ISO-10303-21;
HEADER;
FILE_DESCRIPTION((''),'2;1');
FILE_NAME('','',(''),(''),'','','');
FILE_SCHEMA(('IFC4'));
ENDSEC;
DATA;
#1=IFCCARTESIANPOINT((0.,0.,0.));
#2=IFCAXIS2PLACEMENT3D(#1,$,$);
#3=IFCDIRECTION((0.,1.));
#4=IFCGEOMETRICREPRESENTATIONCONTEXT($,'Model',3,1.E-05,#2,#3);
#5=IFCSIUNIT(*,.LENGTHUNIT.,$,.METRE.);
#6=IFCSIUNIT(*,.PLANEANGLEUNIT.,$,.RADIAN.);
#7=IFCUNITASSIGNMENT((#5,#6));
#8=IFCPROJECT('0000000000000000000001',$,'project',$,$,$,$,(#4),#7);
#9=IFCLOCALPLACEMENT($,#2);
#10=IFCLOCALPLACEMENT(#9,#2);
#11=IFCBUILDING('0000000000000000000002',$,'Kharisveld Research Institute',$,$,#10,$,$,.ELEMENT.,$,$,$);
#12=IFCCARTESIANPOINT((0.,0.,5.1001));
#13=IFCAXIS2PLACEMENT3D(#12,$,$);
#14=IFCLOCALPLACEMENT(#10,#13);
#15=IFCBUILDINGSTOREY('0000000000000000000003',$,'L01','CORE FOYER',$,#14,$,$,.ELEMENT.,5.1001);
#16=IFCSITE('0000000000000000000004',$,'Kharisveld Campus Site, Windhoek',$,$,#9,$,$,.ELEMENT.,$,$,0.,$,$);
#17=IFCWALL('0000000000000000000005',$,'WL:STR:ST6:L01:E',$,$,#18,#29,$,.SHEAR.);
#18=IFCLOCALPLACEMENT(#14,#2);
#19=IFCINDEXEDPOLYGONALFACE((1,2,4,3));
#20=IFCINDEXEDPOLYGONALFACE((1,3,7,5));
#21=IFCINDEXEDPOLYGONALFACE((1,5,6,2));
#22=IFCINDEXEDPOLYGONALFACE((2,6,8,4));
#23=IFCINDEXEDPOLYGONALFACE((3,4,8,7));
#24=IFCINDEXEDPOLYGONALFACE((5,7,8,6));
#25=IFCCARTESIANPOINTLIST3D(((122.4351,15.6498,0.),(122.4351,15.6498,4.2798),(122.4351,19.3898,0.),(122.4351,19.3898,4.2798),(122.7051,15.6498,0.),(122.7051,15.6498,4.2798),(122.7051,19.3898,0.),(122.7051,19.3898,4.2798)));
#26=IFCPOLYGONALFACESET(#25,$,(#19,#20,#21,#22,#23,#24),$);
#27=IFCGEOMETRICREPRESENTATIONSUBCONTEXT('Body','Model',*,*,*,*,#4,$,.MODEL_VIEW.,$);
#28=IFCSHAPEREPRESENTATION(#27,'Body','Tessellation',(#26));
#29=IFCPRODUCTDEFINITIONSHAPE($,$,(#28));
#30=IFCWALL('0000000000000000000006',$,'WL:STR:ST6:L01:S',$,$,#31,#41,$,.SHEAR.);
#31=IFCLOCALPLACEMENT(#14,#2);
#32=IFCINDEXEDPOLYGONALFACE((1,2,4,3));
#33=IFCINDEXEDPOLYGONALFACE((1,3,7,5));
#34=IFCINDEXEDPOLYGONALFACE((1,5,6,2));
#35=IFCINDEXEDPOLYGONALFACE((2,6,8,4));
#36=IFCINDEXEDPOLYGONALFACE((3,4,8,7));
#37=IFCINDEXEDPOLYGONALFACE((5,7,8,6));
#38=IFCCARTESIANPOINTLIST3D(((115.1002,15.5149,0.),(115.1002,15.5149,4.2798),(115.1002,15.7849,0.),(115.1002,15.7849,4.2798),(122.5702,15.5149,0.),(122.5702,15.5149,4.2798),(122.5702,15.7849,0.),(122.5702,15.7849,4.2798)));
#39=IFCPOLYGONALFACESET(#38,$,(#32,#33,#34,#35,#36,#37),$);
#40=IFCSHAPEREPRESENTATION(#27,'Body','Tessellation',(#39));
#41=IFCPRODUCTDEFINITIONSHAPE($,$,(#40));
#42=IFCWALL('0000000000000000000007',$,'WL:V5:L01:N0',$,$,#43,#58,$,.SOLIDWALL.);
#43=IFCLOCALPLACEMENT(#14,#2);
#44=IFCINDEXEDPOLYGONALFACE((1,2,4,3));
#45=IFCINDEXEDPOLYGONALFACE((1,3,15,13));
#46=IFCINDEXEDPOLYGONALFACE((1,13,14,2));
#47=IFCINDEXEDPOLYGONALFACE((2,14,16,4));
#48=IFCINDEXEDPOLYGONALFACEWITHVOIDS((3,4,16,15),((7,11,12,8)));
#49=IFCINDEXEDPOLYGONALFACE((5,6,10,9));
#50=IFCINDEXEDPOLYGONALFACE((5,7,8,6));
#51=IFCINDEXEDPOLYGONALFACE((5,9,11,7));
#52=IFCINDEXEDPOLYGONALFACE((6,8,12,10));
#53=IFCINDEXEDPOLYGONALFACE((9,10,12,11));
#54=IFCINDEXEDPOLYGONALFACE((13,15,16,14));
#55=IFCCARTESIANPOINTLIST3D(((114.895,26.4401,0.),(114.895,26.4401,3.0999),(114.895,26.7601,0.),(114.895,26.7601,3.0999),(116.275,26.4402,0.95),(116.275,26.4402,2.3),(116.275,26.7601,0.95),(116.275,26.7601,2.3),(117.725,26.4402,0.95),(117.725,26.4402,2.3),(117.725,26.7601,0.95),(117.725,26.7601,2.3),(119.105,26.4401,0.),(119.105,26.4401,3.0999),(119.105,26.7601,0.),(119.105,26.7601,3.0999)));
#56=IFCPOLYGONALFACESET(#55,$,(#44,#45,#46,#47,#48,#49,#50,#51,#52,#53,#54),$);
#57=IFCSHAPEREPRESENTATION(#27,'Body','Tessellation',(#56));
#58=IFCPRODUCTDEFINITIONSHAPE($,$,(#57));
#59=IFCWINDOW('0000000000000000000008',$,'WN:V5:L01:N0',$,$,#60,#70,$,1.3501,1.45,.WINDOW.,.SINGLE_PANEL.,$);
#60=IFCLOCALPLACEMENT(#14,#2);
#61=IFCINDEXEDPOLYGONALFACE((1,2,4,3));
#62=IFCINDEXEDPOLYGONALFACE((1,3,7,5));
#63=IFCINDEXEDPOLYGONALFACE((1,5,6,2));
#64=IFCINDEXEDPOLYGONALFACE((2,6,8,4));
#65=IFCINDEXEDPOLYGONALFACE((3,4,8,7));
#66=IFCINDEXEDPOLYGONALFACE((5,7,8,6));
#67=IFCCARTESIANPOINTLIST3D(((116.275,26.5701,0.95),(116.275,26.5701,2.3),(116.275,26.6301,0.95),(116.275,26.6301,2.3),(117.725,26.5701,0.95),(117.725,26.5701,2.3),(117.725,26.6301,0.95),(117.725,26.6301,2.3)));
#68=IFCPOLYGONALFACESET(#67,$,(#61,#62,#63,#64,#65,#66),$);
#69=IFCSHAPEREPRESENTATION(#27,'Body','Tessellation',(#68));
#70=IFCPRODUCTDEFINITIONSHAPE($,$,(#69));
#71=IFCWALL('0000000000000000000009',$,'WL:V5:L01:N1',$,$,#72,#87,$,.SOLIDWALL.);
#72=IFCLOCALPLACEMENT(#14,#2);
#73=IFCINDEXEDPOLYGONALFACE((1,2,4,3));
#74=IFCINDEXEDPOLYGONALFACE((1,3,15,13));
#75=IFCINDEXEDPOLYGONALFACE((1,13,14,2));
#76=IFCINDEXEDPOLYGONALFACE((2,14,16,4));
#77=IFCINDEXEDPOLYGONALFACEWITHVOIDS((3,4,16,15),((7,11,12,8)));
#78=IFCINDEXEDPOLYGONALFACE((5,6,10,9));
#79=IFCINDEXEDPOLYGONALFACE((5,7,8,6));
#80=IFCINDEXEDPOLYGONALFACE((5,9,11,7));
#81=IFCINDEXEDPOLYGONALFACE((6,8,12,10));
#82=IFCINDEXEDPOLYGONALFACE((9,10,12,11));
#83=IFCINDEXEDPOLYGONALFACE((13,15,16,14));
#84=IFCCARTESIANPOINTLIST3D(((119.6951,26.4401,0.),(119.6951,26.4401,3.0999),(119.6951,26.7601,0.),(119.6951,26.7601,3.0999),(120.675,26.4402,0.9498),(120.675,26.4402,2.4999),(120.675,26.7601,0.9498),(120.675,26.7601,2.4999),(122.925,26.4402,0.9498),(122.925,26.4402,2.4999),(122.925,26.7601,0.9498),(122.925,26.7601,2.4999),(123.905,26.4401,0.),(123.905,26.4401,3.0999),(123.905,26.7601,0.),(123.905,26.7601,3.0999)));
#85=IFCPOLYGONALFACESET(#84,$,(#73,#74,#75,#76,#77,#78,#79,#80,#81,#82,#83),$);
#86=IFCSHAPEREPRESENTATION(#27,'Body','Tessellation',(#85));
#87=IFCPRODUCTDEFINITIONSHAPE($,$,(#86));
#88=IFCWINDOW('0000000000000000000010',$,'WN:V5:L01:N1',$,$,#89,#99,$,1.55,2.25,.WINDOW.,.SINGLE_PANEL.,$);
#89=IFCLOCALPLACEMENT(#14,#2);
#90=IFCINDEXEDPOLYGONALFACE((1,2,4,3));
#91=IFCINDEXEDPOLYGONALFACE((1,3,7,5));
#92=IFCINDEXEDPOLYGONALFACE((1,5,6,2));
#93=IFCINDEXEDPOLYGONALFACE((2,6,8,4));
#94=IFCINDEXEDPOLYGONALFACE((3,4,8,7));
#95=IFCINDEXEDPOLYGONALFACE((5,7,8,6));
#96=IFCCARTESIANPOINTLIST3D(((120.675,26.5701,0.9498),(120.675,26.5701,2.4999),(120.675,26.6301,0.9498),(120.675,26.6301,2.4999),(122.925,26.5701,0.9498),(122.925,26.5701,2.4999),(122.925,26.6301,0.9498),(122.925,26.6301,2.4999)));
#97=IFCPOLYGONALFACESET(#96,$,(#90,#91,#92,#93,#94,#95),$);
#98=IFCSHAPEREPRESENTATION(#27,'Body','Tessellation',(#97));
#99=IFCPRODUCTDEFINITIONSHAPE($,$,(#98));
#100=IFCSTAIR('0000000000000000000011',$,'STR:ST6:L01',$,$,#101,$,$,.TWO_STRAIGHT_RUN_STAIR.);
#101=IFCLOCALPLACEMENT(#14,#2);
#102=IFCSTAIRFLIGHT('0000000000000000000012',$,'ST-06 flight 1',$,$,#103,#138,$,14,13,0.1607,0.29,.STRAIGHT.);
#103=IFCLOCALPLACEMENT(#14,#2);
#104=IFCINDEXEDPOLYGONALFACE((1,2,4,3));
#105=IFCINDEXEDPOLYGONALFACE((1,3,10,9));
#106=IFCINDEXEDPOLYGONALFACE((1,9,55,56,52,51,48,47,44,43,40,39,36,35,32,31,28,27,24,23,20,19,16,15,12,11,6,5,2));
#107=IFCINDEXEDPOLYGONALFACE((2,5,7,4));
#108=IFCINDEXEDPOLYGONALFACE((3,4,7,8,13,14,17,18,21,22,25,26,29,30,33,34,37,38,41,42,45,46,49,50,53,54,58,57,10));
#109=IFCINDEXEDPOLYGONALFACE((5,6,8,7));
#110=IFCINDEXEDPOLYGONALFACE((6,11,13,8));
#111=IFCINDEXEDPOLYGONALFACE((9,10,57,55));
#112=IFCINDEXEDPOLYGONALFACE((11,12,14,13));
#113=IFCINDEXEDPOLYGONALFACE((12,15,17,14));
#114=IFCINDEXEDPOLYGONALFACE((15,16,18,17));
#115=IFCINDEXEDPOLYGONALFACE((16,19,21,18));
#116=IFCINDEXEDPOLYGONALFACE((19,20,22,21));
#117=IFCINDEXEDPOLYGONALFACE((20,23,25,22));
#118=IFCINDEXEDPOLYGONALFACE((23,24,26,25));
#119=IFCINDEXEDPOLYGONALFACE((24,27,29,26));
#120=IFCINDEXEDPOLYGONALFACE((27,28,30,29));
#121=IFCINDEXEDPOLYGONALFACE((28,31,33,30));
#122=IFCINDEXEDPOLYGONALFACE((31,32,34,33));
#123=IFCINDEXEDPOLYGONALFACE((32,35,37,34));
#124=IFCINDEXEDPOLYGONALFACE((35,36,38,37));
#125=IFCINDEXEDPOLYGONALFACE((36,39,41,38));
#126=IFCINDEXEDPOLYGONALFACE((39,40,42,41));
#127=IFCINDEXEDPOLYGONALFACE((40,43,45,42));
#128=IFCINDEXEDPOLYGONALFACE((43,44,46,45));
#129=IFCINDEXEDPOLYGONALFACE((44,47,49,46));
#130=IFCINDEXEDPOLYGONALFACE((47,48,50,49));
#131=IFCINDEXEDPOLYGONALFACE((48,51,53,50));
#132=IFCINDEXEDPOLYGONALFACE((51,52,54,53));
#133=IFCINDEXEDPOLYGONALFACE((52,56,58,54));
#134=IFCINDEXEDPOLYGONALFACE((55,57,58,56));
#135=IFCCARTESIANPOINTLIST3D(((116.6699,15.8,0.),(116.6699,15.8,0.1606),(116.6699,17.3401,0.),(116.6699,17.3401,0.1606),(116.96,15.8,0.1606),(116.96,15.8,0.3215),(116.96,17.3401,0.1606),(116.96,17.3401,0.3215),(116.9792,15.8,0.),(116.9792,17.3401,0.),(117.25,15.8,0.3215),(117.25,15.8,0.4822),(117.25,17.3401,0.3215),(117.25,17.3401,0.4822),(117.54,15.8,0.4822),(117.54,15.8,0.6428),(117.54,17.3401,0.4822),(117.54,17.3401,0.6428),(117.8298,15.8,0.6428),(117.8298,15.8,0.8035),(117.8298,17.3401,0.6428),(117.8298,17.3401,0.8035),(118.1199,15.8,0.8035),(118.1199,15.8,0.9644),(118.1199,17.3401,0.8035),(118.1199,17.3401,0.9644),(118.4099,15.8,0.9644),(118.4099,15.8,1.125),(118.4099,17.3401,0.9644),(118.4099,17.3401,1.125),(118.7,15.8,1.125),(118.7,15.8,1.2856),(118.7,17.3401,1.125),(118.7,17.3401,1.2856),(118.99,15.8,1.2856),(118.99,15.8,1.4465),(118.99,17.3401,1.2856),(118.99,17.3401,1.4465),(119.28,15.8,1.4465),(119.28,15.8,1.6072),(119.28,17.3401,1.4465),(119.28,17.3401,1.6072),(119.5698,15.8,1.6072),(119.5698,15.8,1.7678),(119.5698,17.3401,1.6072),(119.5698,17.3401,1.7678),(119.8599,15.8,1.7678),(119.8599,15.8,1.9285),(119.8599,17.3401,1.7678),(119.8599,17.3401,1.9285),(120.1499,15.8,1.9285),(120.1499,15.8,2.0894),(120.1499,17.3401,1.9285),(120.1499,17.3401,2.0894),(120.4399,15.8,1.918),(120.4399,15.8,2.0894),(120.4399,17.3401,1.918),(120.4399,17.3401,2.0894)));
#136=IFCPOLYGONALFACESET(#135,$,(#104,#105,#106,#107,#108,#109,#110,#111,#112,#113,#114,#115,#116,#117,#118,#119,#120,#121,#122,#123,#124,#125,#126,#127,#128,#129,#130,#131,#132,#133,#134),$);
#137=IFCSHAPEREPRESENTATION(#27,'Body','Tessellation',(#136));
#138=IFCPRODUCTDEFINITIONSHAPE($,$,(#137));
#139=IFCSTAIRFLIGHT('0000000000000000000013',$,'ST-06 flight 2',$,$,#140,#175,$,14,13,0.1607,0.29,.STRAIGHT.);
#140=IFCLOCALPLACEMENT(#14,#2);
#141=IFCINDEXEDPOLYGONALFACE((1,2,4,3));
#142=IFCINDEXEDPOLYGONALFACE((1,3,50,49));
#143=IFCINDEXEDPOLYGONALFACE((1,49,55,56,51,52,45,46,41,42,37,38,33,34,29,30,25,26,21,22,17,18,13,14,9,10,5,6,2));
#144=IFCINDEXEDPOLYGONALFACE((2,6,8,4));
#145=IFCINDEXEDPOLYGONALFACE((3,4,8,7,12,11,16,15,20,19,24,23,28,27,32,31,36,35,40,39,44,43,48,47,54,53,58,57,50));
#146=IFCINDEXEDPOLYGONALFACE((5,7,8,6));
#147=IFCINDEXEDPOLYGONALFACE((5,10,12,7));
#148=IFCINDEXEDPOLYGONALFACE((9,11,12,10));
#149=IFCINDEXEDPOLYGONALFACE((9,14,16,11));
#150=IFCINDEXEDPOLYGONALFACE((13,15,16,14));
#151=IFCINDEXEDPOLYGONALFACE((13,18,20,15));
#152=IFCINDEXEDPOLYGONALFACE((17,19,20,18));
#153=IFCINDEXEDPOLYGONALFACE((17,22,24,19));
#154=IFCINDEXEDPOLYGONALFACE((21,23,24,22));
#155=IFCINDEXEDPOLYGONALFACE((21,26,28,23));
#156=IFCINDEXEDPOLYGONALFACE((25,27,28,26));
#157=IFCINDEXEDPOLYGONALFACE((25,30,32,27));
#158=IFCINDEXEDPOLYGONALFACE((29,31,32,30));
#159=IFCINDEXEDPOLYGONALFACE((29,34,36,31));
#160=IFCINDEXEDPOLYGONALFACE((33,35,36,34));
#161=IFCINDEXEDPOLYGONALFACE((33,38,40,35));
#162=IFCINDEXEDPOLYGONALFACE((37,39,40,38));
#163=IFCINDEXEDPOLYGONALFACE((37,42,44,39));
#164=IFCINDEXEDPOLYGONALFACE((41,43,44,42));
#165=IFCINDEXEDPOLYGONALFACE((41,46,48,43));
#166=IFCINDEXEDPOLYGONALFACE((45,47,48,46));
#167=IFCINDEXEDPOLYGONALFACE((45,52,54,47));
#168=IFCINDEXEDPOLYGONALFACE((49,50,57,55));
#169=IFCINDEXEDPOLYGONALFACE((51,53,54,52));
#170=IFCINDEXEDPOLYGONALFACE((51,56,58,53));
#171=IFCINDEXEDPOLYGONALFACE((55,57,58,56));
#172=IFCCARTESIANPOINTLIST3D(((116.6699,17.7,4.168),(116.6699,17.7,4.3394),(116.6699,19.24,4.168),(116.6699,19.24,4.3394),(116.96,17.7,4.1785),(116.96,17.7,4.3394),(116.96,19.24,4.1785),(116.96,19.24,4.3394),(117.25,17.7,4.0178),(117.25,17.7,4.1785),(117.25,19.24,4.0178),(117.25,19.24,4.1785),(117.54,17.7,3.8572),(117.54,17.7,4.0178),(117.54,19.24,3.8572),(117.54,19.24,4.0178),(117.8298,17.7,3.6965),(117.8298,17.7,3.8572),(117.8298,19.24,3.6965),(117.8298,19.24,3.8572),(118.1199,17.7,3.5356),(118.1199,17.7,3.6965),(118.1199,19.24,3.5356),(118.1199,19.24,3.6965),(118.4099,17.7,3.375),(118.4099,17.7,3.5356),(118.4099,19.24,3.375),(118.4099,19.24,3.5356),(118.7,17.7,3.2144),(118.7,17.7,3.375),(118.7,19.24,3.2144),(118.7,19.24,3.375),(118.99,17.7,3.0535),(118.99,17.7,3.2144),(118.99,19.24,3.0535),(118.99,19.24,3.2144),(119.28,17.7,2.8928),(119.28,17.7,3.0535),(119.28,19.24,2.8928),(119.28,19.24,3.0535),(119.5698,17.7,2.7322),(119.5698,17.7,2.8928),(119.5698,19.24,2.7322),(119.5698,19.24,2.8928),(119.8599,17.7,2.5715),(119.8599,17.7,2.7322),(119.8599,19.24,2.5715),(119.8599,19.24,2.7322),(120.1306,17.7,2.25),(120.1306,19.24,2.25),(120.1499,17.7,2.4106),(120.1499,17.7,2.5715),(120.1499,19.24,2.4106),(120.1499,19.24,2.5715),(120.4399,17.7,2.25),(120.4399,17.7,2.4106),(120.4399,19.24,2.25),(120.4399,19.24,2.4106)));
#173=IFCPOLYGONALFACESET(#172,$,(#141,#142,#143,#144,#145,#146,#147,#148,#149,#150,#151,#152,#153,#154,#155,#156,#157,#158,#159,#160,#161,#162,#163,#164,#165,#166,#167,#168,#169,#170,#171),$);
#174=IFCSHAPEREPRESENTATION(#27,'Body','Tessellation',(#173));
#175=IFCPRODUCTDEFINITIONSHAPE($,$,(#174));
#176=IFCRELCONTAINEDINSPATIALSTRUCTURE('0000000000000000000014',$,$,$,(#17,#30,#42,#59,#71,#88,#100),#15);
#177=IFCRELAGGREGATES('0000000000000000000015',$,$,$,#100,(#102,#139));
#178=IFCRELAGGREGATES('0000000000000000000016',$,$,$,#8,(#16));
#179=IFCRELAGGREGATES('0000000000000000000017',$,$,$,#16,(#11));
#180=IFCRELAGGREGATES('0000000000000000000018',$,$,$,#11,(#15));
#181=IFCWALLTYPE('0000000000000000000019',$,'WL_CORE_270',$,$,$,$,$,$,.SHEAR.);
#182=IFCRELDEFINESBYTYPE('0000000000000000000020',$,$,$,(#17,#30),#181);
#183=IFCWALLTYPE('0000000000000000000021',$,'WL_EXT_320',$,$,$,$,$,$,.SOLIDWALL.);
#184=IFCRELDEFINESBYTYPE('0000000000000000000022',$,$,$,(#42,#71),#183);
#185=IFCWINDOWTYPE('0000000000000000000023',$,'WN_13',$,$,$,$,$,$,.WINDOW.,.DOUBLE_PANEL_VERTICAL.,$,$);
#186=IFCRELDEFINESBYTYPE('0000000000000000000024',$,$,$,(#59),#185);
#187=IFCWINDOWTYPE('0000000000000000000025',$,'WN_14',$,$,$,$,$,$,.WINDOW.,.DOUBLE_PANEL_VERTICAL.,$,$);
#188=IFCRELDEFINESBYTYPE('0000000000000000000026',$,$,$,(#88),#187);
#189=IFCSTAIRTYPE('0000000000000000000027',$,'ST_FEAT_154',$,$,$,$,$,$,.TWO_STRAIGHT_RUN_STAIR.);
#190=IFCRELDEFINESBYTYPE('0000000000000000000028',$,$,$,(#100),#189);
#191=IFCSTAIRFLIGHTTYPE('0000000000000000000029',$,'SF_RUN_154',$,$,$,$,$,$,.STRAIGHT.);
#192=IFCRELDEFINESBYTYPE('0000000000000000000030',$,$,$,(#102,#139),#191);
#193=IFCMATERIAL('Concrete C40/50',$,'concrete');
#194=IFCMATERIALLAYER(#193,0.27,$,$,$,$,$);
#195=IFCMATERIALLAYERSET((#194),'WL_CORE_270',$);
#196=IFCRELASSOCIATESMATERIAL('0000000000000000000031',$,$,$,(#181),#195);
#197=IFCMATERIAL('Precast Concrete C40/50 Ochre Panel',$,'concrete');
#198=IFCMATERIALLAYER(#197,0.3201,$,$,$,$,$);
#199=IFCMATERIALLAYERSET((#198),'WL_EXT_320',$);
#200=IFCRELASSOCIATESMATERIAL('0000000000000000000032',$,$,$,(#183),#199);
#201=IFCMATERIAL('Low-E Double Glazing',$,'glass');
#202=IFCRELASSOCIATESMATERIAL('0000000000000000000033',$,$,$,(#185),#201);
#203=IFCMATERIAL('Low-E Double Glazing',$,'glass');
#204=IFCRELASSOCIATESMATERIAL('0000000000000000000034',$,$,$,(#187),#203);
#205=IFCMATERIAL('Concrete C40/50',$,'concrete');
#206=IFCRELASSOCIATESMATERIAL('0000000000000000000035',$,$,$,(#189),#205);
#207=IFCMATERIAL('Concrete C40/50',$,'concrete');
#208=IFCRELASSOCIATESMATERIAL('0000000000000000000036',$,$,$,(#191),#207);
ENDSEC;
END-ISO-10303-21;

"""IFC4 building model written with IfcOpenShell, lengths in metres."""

from ifc_helpers import new_model, si_unit, direction, frame, frame_2d, origin, place, context, subcontext, project, spatial, polyline, rectangle, outline, extrude, material, layer, layer_set, type_object, element, fill, aggregate, save


model = new_model("IFC4")

# Units and contexts
model_context = context("Model", 3, precision=1e-05, world=origin(), true_north=direction((0.0, 1.0)))
body_context = subcontext(model_context, "Body", "Model", "MODEL_VIEW")
ifc_project = project(units=[si_unit("LENGTHUNIT", "METRE"), si_unit("PLANEANGLEUNIT", "RADIAN")], contexts=[model_context])

# Site, building, storey
site_placement = place(None, origin())
site = spatial("IfcSite", under=ifc_project, at=site_placement, Name="Kharisveld Campus Site, Windhoek", CompositionType="ELEMENT", RefElevation=0.0)
building_placement = place(site_placement, origin())
building = spatial("IfcBuilding", under=site, at=building_placement, Name="Kharisveld Research Institute", CompositionType="ELEMENT")
storey_placement = place(building_placement, frame((0.0, 0.0, 5.1001)))
storey = spatial("IfcBuildingStorey", under=building, at=storey_placement, Name="L01", Description="CORE FOYER", CompositionType="ELEMENT", Elevation=5.1001)

# Shared definitions
ifc_material_1 = material(Name="Concrete C40/50", Category="concrete")
ifc_layer_1 = layer(ifc_material_1, 0.27)
ifc_layer_set_1 = layer_set([ifc_layer_1], Name="WL_CORE_270")
wall_type_1 = type_object("IfcWallType", Name="WL_CORE_270", PredefinedType="SHEAR", material=ifc_layer_set_1)

# Walls
wall_1_placement = place(storey_placement, frame((122.5701, 19.3899, 0.0), z_axis=(0.0, 0.0, 1.0), x_axis=(0.0, -1.0, 0.0)))
element("IfcWall", 1, at=wall_1_placement, inside=storey, type_object=wall_type_1, Name="WL:STR:ST6:L01:E", PredefinedType="SHEAR", context=body_context, shape_type="SweptSolid", body=[
    extrude(rectangle(XDim=3.74, YDim=0.27, at=frame_2d((1.8701, 0.0))), origin(), (0.0, 0.0, 1.0), 4.2798),
])
wall_2_placement = place(storey_placement, frame((122.5701, 15.6499, 0.0), z_axis=(0.0, 0.0, 1.0), x_axis=(-1.0, 0.0, 0.0)))
element("IfcWall", 2, at=wall_2_placement, inside=storey, type_object=wall_type_1, Name="WL:STR:ST6:L01:S", PredefinedType="SHEAR", context=body_context, shape_type="SweptSolid", body=[
    extrude(rectangle(XDim=7.47, YDim=0.27, at=frame_2d((3.7349, 0.0))), origin(), (0.0, 0.0, 1.0), 4.2798),
])

# Walls, openings, windows
ifc_material_2 = material(Name="Precast Concrete C40/50 Ochre Panel", Category="concrete")
ifc_layer_2 = layer(ifc_material_2, 0.3201)
ifc_layer_set_2 = layer_set([ifc_layer_2], Name="WL_EXT_320")
wall_type_2 = type_object("IfcWallType", Name="WL_EXT_320", PredefinedType="SOLIDWALL", material=ifc_layer_set_2)
wall_3_placement = place(storey_placement, frame((114.895, 26.6001, 0.0), z_axis=(0.0, 0.0, 1.0), x_axis=(1.0, 0.0, 0.0)))
wall_3 = element("IfcWall", 3, at=wall_3_placement, inside=storey, type_object=wall_type_2, Name="WL:V5:L01:N0", PredefinedType="SOLIDWALL", context=body_context, shape_type="SweptSolid", body=[
    extrude(rectangle(XDim=4.21, YDim=0.3201, at=frame_2d((2.105, 0.0))), origin(), (0.0, 0.0, 1.0), 3.0999),
])
opening_1_placement = place(wall_3_placement, frame((1.3799, 0.0, 0.95)))
opening_1 = element("IfcOpeningElement", 4, at=opening_1_placement, cuts=wall_3, PredefinedType="OPENING", context=body_context, shape_type="SweptSolid", body=[
    extrude(rectangle(XDim=1.45, YDim=1.3501, at=frame_2d((0.7251, 0.675))), frame((0.0, 0.1602, 0.0), z_axis=(0.0, -1.0, 0.0), x_axis=(1.0, 0.0, 0.0)), (0.0, 0.0, 1.0), 0.3201),
])
ifc_material_3 = material(Name="Low-E Double Glazing", Category="glass")
window_type_1 = type_object("IfcWindowType", Name="WN_13", PartitioningType="DOUBLE_PANEL_VERTICAL", PredefinedType="WINDOW", material=ifc_material_3)
window_1_placement = place(opening_1_placement, origin())
window_1 = element("IfcWindow", 5, at=window_1_placement, inside=storey, type_object=window_type_1, Name="WN:V5:L01:N0", OverallHeight=1.3501, OverallWidth=1.45, PartitioningType="SINGLE_PANEL", PredefinedType="WINDOW", context=body_context, shape_type="SweptSolid", body=[
    extrude(rectangle(XDim=1.45, YDim=1.3501, at=frame_2d((0.7251, 0.675))), frame((0.0, 0.03, 0.0), z_axis=(0.0, -1.0, 0.0), x_axis=(1.0, 0.0, 0.0)), (0.0, 0.0, 1.0), 0.0601),
])
fill(opening_1, window_1)
wall_4_placement = place(storey_placement, frame((119.6951, 26.6001, 0.0), z_axis=(0.0, 0.0, 1.0), x_axis=(1.0, 0.0, 0.0)))
wall_4 = element("IfcWall", 6, at=wall_4_placement, inside=storey, type_object=wall_type_2, Name="WL:V5:L01:N1", PredefinedType="SOLIDWALL", context=body_context, shape_type="SweptSolid", body=[
    extrude(rectangle(XDim=4.21, YDim=0.3201, at=frame_2d((2.105, 0.0))), origin(), (0.0, 0.0, 1.0), 3.0999),
])
opening_2_placement = place(wall_4_placement, frame((0.98, 0.0, 0.95)))
opening_2 = element("IfcOpeningElement", 7, at=opening_2_placement, cuts=wall_4, PredefinedType="OPENING", context=body_context, shape_type="SweptSolid", body=[
    extrude(rectangle(XDim=2.25, YDim=1.55, at=frame_2d((1.125, 0.7749))), frame((0.0, 0.1602, 0.0), z_axis=(0.0, -1.0, 0.0), x_axis=(1.0, 0.0, 0.0)), (0.0, 0.0, 1.0), 0.3201),
])
ifc_material_4 = material(Name="Low-E Double Glazing", Category="glass")
window_type_2 = type_object("IfcWindowType", Name="WN_14", PartitioningType="DOUBLE_PANEL_VERTICAL", PredefinedType="WINDOW", material=ifc_material_4)
window_2_placement = place(opening_2_placement, origin())
window_2 = element("IfcWindow", 8, at=window_2_placement, inside=storey, type_object=window_type_2, Name="WN:V5:L01:N1", OverallHeight=1.55, OverallWidth=2.25, PartitioningType="SINGLE_PANEL", PredefinedType="WINDOW", context=body_context, shape_type="SweptSolid", body=[
    extrude(rectangle(XDim=2.25, YDim=1.55, at=frame_2d((1.125, 0.7749))), frame((0.0, 0.03, 0.0), z_axis=(0.0, -1.0, 0.0), x_axis=(1.0, 0.0, 0.0)), (0.0, 0.0, 1.0), 0.0601),
])
fill(opening_2, window_2)

# Stair, stair flights
ifc_material_5 = material(Name="Concrete C40/50", Category="concrete")
stair_type = type_object("IfcStairType", Name="ST_FEAT_154", PredefinedType="TWO_STRAIGHT_RUN_STAIR", material=ifc_material_5)
stair_placement = place(storey_placement, origin())
stair = element("IfcStair", 9, at=stair_placement, inside=storey, type_object=stair_type, Name="STR:ST6:L01", PredefinedType="TWO_STRAIGHT_RUN_STAIR")
ifc_material_6 = material(Name="Concrete C40/50", Category="concrete")
stair_flight_type = type_object("IfcStairFlightType", Name="SF_RUN_154", PredefinedType="STRAIGHT", material=ifc_material_6)
stair_flight_1_placement = place(storey_placement, frame((116.6699, 16.5701, 0.0), z_axis=(0.0, 0.0, 1.0), x_axis=(1.0, 0.0, 0.0)))
stair_flight_1 = element("IfcStairFlight", 10, at=stair_flight_1_placement, type_object=stair_flight_type, Name="ST-06 flight 1", NumberOfRisers=14, NumberOfTreads=13, PredefinedType="STRAIGHT", RiserHeight=0.1607, TreadLength=0.29, context=body_context, shape_type="SweptSolid", body=[
    extrude(outline(polyline([(0.0, 0.0), (0.0, 0.1606), (0.29, 0.1606), (0.29, 0.3215), (0.5801, 0.3215), (0.5801, 0.4822), (0.8701, 0.4822), (0.8701, 0.6428), (1.1599, 0.6428), (1.1599, 0.8035), (1.45, 0.8035), (1.45, 0.9644), (1.74, 0.9644), (1.74, 1.125), (2.03, 1.125), (2.03, 1.2856), (2.3201, 1.2856), (2.3201, 1.4465), (2.6101, 1.4465), (2.6101, 1.6072), (2.8999, 1.6072), (2.8999, 1.7678), (3.1899, 1.7678), (3.1899, 1.9285), (3.48, 1.9285), (3.48, 2.0894), (3.77, 2.0894), (3.77, 2.25), (3.77, 1.918), (0.3093, 0.0), (0.0, 0.0)])), frame((0.0, 0.77, 0.0), z_axis=(0.0, -1.0, 0.0), x_axis=(1.0, 0.0, 0.0)), (0.0, 0.0, 1.0), 1.54),
])
stair_flight_2_placement = place(storey_placement, frame((120.4399, 18.47, 2.25), z_axis=(0.0, 0.0, 1.0), x_axis=(-1.0, 0.0, 0.0)))
stair_flight_2 = element("IfcStairFlight", 11, at=stair_flight_2_placement, type_object=stair_flight_type, Name="ST-06 flight 2", NumberOfRisers=14, NumberOfTreads=13, PredefinedType="STRAIGHT", RiserHeight=0.1607, TreadLength=0.29, context=body_context, shape_type="SweptSolid", body=[
    extrude(outline(polyline([(0.0, 0.0), (0.0, 0.1606), (0.29, 0.1606), (0.29, 0.3215), (0.5801, 0.3215), (0.5801, 0.4822), (0.8701, 0.4822), (0.8701, 0.6428), (1.1599, 0.6428), (1.1599, 0.8035), (1.45, 0.8035), (1.45, 0.9644), (1.74, 0.9644), (1.74, 1.125), (2.03, 1.125), (2.03, 1.2856), (2.3201, 1.2856), (2.3201, 1.4465), (2.6101, 1.4465), (2.6101, 1.6072), (2.8999, 1.6072), (2.8999, 1.7678), (3.1899, 1.7678), (3.1899, 1.9285), (3.48, 1.9285), (3.48, 2.0894), (3.77, 2.0894), (3.77, 2.25), (3.77, 1.918), (0.3093, 0.0), (0.0, 0.0)])), frame((0.0, 0.77, 0.0), z_axis=(0.0, -1.0, 0.0), x_axis=(1.0, 0.0, 0.0)), (0.0, 0.0, 1.0), 1.54),
])
aggregate(stair, [stair_flight_1, stair_flight_2])

save(model, "model.ifc")
